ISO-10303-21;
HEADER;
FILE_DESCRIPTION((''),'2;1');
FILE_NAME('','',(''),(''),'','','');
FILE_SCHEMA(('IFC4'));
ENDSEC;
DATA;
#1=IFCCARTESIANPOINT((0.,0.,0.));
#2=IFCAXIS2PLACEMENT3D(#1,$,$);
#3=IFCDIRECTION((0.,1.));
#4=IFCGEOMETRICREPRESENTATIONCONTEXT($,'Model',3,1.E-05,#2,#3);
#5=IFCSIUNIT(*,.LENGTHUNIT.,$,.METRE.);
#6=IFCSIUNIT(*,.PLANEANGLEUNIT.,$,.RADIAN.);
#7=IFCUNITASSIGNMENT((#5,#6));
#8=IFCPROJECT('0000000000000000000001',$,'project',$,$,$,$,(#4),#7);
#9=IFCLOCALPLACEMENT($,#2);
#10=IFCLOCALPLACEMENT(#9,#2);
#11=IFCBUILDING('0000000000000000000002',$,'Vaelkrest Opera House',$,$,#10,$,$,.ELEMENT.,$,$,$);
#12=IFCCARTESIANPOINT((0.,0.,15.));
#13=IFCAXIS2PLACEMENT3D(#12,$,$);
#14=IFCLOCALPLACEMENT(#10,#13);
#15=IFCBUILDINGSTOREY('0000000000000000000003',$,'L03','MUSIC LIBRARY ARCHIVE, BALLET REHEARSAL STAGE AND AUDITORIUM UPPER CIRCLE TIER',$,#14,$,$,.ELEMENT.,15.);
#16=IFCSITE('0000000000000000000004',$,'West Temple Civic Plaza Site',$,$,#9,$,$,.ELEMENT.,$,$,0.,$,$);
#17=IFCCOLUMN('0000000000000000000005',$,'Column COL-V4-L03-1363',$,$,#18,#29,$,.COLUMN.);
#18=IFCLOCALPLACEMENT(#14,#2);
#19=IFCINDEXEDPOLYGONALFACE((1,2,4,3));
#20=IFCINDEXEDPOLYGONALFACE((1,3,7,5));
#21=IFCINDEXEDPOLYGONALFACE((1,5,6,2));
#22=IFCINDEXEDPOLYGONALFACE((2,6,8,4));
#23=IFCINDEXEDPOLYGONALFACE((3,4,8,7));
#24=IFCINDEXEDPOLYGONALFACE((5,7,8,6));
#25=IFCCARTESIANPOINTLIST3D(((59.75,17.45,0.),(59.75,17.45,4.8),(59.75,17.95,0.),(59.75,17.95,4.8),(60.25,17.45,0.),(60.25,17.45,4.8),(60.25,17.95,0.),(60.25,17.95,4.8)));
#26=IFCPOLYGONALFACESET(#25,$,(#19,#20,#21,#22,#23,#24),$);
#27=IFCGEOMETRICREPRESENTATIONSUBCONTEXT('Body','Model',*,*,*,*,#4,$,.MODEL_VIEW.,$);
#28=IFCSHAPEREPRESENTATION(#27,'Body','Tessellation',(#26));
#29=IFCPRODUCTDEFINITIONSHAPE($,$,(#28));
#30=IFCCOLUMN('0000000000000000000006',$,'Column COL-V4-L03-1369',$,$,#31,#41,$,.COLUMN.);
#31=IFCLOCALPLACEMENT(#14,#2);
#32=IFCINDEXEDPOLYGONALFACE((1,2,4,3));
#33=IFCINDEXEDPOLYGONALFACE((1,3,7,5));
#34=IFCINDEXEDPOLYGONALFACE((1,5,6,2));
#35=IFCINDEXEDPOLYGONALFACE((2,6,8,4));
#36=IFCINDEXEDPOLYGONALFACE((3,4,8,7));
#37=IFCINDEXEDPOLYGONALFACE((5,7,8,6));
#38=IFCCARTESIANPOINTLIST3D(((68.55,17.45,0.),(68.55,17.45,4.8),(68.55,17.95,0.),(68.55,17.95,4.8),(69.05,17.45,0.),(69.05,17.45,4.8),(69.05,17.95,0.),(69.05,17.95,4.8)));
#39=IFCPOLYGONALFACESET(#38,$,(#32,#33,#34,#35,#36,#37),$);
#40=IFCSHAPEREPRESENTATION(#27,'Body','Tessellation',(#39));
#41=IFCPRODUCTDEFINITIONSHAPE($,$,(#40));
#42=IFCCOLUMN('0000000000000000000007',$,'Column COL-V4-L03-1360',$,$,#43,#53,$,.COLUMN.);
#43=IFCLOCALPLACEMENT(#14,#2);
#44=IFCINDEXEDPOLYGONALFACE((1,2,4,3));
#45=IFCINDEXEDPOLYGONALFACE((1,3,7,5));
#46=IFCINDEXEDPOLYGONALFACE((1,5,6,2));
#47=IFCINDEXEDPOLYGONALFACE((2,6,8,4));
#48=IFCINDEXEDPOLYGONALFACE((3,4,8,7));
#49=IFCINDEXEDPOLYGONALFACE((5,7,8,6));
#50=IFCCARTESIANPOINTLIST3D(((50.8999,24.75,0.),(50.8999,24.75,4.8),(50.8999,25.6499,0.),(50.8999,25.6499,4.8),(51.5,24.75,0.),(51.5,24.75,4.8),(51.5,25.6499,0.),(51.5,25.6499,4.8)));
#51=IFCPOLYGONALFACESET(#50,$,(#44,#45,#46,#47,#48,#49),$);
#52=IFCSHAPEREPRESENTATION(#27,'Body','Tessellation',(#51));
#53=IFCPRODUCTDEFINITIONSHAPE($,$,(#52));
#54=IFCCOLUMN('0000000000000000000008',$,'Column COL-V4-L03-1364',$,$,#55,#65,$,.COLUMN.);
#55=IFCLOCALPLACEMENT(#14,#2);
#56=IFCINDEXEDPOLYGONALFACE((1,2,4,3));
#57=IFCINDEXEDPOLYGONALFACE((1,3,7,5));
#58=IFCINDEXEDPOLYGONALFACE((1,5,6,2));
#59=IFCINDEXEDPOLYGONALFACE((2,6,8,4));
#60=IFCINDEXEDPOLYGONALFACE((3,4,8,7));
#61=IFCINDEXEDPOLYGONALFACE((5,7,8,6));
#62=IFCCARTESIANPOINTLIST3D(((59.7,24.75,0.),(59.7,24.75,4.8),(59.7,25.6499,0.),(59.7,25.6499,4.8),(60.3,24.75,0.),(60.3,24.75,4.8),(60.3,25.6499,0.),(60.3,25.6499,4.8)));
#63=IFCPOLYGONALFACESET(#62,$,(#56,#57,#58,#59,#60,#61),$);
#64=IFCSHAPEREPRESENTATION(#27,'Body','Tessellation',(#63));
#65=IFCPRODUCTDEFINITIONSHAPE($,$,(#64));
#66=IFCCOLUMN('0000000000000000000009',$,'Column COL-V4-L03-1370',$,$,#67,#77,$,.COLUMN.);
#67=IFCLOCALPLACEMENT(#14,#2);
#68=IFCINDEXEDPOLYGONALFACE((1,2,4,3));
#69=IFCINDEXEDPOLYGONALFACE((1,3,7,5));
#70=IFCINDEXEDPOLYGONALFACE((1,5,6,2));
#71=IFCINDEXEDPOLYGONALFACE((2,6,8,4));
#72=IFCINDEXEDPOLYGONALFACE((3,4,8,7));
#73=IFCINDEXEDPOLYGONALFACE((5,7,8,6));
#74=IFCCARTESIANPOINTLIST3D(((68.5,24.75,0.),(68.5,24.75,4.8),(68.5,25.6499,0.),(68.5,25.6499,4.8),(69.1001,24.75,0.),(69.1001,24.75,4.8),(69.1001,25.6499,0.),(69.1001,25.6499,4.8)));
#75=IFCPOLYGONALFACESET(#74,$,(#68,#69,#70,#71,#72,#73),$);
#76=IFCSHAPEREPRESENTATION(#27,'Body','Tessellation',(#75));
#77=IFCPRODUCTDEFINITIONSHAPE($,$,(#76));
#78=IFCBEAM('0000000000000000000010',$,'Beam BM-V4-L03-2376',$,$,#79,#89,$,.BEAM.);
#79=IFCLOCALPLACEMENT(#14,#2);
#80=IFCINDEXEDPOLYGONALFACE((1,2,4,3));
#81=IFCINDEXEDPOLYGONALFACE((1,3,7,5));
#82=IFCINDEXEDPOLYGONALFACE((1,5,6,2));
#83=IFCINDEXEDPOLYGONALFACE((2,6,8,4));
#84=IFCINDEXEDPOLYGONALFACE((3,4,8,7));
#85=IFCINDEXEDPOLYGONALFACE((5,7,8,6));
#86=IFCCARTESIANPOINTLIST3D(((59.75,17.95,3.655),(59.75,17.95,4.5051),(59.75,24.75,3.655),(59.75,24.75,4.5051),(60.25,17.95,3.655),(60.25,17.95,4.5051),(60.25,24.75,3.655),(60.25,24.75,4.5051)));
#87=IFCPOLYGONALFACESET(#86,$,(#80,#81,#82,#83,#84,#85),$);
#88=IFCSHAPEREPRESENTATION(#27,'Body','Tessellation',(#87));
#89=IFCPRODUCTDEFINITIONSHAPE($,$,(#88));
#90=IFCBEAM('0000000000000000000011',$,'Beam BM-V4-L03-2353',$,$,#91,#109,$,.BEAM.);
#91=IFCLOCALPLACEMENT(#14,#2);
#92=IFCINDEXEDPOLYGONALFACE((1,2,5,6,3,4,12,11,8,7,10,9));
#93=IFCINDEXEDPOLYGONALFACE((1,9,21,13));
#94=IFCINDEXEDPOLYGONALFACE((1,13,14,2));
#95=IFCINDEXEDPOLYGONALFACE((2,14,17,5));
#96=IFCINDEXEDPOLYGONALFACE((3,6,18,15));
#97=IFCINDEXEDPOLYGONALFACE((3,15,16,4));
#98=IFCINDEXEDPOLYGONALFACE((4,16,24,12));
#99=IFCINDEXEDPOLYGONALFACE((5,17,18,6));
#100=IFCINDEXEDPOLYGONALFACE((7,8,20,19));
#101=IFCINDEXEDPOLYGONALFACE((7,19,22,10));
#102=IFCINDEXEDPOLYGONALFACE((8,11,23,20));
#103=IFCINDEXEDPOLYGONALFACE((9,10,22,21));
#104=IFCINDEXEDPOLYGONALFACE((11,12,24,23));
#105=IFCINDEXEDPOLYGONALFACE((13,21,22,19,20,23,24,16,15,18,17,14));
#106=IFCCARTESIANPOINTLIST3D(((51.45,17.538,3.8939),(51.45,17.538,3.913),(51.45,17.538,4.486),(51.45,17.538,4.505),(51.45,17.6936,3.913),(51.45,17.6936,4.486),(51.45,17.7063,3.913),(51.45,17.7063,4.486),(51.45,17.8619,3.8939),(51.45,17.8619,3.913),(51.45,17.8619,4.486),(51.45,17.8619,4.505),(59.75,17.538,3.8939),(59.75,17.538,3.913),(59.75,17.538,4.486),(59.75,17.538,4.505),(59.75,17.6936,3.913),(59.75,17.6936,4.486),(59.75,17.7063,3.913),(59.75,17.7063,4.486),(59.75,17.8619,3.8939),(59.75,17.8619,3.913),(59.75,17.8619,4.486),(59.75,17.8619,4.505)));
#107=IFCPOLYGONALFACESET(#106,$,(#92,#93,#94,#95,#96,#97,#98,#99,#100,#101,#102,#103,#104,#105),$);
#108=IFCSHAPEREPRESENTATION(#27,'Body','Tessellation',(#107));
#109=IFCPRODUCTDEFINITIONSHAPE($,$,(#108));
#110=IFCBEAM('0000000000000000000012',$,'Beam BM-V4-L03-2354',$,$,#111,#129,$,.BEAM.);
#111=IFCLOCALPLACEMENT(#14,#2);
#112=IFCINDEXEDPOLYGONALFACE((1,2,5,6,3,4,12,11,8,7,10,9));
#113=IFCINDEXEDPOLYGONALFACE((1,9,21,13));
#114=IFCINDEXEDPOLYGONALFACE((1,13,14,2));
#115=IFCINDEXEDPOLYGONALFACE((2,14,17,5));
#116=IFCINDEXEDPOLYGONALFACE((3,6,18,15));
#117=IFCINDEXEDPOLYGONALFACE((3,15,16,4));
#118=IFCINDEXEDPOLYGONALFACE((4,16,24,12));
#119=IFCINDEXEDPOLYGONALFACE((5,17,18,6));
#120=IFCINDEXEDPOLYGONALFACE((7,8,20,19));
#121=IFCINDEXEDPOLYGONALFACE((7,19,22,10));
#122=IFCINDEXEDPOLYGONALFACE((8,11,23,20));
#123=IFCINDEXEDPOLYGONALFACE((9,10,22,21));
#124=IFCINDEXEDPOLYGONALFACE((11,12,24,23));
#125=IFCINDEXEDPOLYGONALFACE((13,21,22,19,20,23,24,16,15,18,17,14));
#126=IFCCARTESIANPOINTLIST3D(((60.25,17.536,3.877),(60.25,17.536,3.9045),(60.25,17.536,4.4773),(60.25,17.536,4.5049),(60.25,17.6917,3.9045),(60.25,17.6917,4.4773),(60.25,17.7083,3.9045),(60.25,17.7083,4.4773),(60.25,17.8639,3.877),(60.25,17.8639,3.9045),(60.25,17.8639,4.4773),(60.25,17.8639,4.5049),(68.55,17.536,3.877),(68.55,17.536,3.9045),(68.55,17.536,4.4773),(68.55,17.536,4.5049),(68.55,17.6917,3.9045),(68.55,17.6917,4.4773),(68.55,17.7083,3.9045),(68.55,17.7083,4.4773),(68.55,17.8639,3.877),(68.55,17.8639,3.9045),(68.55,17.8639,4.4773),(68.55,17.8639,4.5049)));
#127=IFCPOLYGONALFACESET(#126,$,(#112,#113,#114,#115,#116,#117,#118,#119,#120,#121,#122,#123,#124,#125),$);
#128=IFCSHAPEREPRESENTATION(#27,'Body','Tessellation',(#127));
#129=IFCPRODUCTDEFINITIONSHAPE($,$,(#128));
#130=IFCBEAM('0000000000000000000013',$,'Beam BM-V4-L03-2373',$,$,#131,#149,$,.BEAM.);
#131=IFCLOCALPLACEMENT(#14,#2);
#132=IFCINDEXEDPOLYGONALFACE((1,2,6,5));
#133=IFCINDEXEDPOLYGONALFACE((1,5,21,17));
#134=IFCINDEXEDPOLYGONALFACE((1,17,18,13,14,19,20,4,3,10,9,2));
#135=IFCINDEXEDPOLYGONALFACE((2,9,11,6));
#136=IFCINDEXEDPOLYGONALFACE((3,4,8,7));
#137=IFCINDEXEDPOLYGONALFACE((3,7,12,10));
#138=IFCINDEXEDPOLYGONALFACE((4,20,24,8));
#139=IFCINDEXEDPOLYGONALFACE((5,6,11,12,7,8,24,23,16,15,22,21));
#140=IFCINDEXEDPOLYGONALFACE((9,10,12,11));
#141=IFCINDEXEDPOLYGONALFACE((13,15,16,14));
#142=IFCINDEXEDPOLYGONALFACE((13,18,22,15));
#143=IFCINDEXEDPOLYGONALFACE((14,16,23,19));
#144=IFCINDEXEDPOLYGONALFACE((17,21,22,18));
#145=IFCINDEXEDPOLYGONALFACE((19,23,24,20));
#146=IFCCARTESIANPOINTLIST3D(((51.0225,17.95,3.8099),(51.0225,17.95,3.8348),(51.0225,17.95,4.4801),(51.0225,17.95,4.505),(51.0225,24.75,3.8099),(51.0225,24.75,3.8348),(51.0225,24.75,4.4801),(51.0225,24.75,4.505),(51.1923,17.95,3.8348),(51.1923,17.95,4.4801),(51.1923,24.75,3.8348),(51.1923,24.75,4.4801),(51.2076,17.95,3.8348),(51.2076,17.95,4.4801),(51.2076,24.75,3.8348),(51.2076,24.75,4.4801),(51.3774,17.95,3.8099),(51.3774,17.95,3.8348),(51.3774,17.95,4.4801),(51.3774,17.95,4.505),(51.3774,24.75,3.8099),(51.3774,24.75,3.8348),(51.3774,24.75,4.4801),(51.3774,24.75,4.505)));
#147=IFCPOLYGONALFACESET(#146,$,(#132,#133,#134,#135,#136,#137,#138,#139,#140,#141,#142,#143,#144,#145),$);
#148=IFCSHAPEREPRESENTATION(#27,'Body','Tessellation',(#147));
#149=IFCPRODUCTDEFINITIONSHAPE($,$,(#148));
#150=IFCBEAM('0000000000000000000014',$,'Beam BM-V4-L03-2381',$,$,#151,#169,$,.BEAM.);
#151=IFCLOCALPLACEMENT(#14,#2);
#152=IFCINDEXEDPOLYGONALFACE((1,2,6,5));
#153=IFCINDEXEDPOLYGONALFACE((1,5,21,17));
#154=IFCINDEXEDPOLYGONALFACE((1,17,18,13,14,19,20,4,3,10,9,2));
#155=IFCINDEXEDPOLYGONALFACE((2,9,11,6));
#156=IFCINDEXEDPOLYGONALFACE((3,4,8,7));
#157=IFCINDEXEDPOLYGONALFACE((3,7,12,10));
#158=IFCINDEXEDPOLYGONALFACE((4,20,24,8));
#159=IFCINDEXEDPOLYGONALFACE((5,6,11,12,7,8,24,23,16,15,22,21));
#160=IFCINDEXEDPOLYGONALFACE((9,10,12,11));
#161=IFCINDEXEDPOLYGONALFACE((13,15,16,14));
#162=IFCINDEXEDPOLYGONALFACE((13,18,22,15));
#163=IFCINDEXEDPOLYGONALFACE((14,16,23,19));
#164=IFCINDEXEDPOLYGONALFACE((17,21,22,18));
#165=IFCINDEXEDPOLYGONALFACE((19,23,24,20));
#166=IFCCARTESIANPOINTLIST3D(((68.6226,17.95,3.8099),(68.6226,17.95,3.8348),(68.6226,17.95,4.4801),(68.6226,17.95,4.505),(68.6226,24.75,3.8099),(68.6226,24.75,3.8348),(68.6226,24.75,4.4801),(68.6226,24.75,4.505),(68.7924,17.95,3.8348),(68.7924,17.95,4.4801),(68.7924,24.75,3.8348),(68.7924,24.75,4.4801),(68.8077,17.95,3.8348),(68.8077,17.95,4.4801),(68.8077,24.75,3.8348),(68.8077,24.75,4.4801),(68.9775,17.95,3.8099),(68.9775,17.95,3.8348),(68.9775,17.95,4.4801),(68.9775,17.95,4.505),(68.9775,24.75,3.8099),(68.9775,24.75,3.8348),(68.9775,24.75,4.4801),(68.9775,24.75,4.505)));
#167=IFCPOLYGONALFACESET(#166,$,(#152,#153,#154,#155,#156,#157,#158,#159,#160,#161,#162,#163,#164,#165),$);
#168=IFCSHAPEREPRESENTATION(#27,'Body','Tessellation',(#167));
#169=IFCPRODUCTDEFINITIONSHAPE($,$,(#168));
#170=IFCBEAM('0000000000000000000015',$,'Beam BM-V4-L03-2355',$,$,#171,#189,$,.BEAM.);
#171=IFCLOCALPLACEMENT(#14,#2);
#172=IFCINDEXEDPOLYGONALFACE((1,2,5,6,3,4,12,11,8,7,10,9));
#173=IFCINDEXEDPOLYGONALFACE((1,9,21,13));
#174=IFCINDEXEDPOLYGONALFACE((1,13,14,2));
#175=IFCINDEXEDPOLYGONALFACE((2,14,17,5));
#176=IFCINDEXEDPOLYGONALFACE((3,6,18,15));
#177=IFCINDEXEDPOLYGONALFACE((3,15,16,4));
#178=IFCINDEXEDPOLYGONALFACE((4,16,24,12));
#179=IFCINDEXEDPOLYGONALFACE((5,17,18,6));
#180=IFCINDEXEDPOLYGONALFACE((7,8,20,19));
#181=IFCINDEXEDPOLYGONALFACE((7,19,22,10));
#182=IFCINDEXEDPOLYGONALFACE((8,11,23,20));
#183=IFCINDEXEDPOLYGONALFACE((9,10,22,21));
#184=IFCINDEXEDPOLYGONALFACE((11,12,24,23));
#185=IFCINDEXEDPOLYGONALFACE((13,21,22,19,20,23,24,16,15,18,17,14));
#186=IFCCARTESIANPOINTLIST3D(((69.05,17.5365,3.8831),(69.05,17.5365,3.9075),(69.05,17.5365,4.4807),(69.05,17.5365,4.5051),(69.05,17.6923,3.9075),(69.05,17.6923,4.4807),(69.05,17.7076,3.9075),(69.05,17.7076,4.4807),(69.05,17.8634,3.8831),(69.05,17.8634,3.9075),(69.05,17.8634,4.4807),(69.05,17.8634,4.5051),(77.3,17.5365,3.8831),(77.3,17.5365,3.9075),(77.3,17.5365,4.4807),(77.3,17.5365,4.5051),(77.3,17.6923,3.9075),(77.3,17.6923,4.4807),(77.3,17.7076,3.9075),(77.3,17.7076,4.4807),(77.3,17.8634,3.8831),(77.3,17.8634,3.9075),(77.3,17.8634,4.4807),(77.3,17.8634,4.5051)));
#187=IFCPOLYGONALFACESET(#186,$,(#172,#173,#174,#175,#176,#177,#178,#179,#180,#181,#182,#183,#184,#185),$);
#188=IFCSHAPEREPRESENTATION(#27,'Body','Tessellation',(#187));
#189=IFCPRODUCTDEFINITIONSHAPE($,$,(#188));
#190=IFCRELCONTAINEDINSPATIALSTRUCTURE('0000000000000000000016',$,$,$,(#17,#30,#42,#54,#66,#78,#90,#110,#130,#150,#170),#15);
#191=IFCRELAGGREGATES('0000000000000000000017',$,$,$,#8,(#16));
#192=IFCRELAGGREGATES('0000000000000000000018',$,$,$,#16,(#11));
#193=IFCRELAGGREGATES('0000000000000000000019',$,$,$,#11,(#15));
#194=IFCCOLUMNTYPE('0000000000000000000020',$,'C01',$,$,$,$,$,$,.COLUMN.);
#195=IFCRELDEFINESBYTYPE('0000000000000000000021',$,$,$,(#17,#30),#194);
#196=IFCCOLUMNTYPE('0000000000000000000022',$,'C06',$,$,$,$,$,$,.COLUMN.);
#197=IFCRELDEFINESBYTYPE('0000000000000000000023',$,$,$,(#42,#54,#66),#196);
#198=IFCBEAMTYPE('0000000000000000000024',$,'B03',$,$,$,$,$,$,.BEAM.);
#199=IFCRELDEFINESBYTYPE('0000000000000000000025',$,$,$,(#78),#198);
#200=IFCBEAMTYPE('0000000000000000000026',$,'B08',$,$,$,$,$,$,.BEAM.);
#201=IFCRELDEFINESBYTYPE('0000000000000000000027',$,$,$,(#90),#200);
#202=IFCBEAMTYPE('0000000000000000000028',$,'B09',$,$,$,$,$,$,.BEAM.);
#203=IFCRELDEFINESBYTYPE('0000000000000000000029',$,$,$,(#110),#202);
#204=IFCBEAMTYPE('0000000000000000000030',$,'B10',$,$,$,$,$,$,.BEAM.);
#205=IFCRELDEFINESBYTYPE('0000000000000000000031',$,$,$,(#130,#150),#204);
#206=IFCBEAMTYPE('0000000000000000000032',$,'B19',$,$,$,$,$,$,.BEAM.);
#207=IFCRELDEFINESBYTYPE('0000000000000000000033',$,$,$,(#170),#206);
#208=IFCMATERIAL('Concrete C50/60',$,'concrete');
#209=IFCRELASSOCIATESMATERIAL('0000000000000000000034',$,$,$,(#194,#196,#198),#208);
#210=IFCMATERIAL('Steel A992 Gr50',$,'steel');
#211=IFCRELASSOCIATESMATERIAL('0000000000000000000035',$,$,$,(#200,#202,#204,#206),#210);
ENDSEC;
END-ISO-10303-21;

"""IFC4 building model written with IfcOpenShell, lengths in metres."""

from ifc_helpers import new_model, si_unit, direction, frame, origin, origin_2d, place, context, subcontext, project, spatial, rectangle, i_section, extrude, material, material_profile, profile_set, type_object, element, save


model = new_model("IFC4")

# Units and contexts
model_context = context("Model", 3, precision=1e-05, world=origin(), true_north=direction((0.0, 1.0)))
body_context = subcontext(model_context, "Body", "Model", "MODEL_VIEW")
ifc_project = project(units=[si_unit("LENGTHUNIT", "METRE"), si_unit("PLANEANGLEUNIT", "RADIAN")], contexts=[model_context])

# Site, building, storey
site_placement = place(None, origin())
site = spatial("IfcSite", under=ifc_project, at=site_placement, Name="West Temple Civic Plaza Site", CompositionType="ELEMENT", RefElevation=0.0)
building_placement = place(site_placement, origin())
building = spatial("IfcBuilding", under=site, at=building_placement, Name="Vaelkrest Opera House", CompositionType="ELEMENT")
storey_placement = place(building_placement, frame((0.0, 0.0, 15.0)))
storey = spatial("IfcBuildingStorey", under=building, at=storey_placement, Name="L03", Description="MUSIC LIBRARY ARCHIVE, BALLET REHEARSAL STAGE AND AUDITORIUM UPPER CIRCLE TIER", CompositionType="ELEMENT", Elevation=15.0)

# Columns
ifc_material_1 = material(Name="Concrete C50/60", Category="concrete")
ifc_material_profile_1 = material_profile(ifc_material_1, rectangle(XDim=0.5, YDim=0.5, at=origin_2d()), Name="RC500X500")
ifc_profile_set_1 = profile_set([ifc_material_profile_1], Name="Concrete C50/60")
column_type_1 = type_object("IfcColumnType", Name="C01", PredefinedType="COLUMN", material=ifc_profile_set_1)
for number, where, z_axis, x_axis, name in (
    (1, (60.0, 17.7, 0.0), (0.0, 0.0, 1.0), (1.0, 0.0, 0.0), "Column COL-V4-L03-1363"),
    (2, (68.8, 17.7, 0.0), (0.0, 0.0, 1.0), (1.0, 0.0, 0.0), "Column COL-V4-L03-1369"),
):
    element("IfcColumn", number, at=place(storey_placement, frame(where, z_axis=z_axis, x_axis=x_axis)), inside=storey, type_object=column_type_1, Name=name, PredefinedType="COLUMN", context=body_context, shape_type="SweptSolid", body=[
        extrude(rectangle(XDim=0.5, YDim=0.5, at=origin_2d()), origin(), (0.0, 0.0, 1.0), 4.8),
    ])
ifc_material_profile_2 = material_profile(ifc_material_1, rectangle(XDim=0.6001, YDim=0.8999, at=origin_2d()), Name="RC600X900")
ifc_profile_set_2 = profile_set([ifc_material_profile_2], Name="Concrete C50/60")
column_type_2 = type_object("IfcColumnType", Name="C06", PredefinedType="COLUMN", material=ifc_profile_set_2)
for number, where, z_axis, x_axis, name in (
    (3, (51.2, 25.2, 0.0), (0.0, 0.0, 1.0), (1.0, 0.0, 0.0), "Column COL-V4-L03-1360"),
    (4, (60.0, 25.2, 0.0), (0.0, 0.0, 1.0), (1.0, 0.0, 0.0), "Column COL-V4-L03-1364"),
    (5, (68.8, 25.2, 0.0), (0.0, 0.0, 1.0), (1.0, 0.0, 0.0), "Column COL-V4-L03-1370"),
):
    element("IfcColumn", number, at=place(storey_placement, frame(where, z_axis=z_axis, x_axis=x_axis)), inside=storey, type_object=column_type_2, Name=name, PredefinedType="COLUMN", context=body_context, shape_type="SweptSolid", body=[
        extrude(rectangle(XDim=0.6001, YDim=0.8999, at=origin_2d()), origin(), (0.0, 0.0, 1.0), 4.8),
    ])

# Beams
ifc_material_profile_3 = material_profile(ifc_material_1, rectangle(XDim=0.5, YDim=0.8501, at=origin_2d()), Name="RCB500X850")
ifc_profile_set_3 = profile_set([ifc_material_profile_3], Name="Concrete C50/60")
beam_type_1 = type_object("IfcBeamType", Name="B03", PredefinedType="BEAM", material=ifc_profile_set_3)
beam_1_placement = place(storey_placement, frame((60.0, 17.95, 4.0801), z_axis=(0.0, 1.0, 0.0), x_axis=(-1.0, 0.0, 0.0)))
element("IfcBeam", 6, at=beam_1_placement, inside=storey, type_object=beam_type_1, Name="Beam BM-V4-L03-2376", PredefinedType="BEAM", context=body_context, shape_type="SweptSolid", body=[
    extrude(rectangle(XDim=0.5, YDim=0.8501, at=origin_2d()), origin(), (0.0, 0.0, 1.0), 6.8),
])
ifc_material_2 = material(Name="Steel A992 Gr50", Category="steel")
ifc_material_profile_4 = material_profile(ifc_material_2, i_section(OverallWidth=0.324, OverallDepth=0.6111, WebThickness=0.0127, FlangeThickness=0.019, at=origin_2d()), Name="W24X104")
ifc_profile_set_4 = profile_set([ifc_material_profile_4], Name="Steel A992 Gr50")
beam_type_2 = type_object("IfcBeamType", Name="B08", PredefinedType="BEAM", material=ifc_profile_set_4)
beam_2_placement = place(storey_placement, frame((51.45, 17.7, 4.1995), z_axis=(1.0, 0.0, 0.0), x_axis=(0.0, 1.0, 0.0)))
element("IfcBeam", 7, at=beam_2_placement, inside=storey, type_object=beam_type_2, Name="Beam BM-V4-L03-2353", PredefinedType="BEAM", context=body_context, shape_type="SweptSolid", body=[
    extrude(i_section(OverallWidth=0.324, OverallDepth=0.6111, WebThickness=0.0127, FlangeThickness=0.019, at=origin_2d()), origin(), (0.0, 0.0, 1.0), 8.3),
])
ifc_material_profile_5 = material_profile(ifc_material_2, i_section(OverallWidth=0.3279, OverallDepth=0.6279, WebThickness=0.0166, FlangeThickness=0.0276, at=origin_2d()), Name="W24X146")
ifc_profile_set_5 = profile_set([ifc_material_profile_5], Name="Steel A992 Gr50")
beam_type_3 = type_object("IfcBeamType", Name="B09", PredefinedType="BEAM", material=ifc_profile_set_5)
beam_3_placement = place(storey_placement, frame((60.25, 17.7, 4.1909), z_axis=(1.0, 0.0, 0.0), x_axis=(0.0, 1.0, 0.0)))
element("IfcBeam", 8, at=beam_3_placement, inside=storey, type_object=beam_type_3, Name="Beam BM-V4-L03-2354", PredefinedType="BEAM", context=body_context, shape_type="SweptSolid", body=[
    extrude(i_section(OverallWidth=0.3279, OverallDepth=0.6279, WebThickness=0.0166, FlangeThickness=0.0276, at=origin_2d()), origin(), (0.0, 0.0, 1.0), 8.3),
])
ifc_material_profile_6 = material_profile(ifc_material_2, i_section(OverallWidth=0.355, OverallDepth=0.6951, WebThickness=0.0154, FlangeThickness=0.0249, at=origin_2d()), Name="W27X146")
ifc_profile_set_6 = profile_set([ifc_material_profile_6], Name="Steel A992 Gr50")
beam_type_4 = type_object("IfcBeamType", Name="B10", PredefinedType="BEAM", material=ifc_profile_set_6)
for number, where, z_axis, x_axis, name in (
    (9, (51.2, 17.95, 4.1575), (0.0, 1.0, 0.0), (-1.0, 0.0, 0.0), "Beam BM-V4-L03-2373"),
    (10, (68.8, 17.95, 4.1575), (0.0, 1.0, 0.0), (-1.0, 0.0, 0.0), "Beam BM-V4-L03-2381"),
):
    element("IfcBeam", number, at=place(storey_placement, frame(where, z_axis=z_axis, x_axis=x_axis)), inside=storey, type_object=beam_type_4, Name=name, PredefinedType="BEAM", context=body_context, shape_type="SweptSolid", body=[
        extrude(i_section(OverallWidth=0.355, OverallDepth=0.6951, WebThickness=0.0154, FlangeThickness=0.0249, at=origin_2d()), origin(), (0.0, 0.0, 1.0), 6.8),
    ])
ifc_material_profile_7 = material_profile(ifc_material_2, i_section(OverallWidth=0.3269, OverallDepth=0.6221, WebThickness=0.0154, FlangeThickness=0.0244, at=origin_2d()), Name="W24X131")
ifc_profile_set_7 = profile_set([ifc_material_profile_7], Name="Steel A992 Gr50")
beam_type_5 = type_object("IfcBeamType", Name="B19", PredefinedType="BEAM", material=ifc_profile_set_7)
beam_4_placement = place(storey_placement, frame((69.05, 17.7, 4.1941), z_axis=(1.0, 0.0, 0.0), x_axis=(0.0, 1.0, 0.0)))
element("IfcBeam", 11, at=beam_4_placement, inside=storey, type_object=beam_type_5, Name="Beam BM-V4-L03-2355", PredefinedType="BEAM", context=body_context, shape_type="SweptSolid", body=[
    extrude(i_section(OverallWidth=0.3269, OverallDepth=0.6221, WebThickness=0.0154, FlangeThickness=0.0244, at=origin_2d()), origin(), (0.0, 0.0, 1.0), 8.25),
])

save(model, "model.ifc")
